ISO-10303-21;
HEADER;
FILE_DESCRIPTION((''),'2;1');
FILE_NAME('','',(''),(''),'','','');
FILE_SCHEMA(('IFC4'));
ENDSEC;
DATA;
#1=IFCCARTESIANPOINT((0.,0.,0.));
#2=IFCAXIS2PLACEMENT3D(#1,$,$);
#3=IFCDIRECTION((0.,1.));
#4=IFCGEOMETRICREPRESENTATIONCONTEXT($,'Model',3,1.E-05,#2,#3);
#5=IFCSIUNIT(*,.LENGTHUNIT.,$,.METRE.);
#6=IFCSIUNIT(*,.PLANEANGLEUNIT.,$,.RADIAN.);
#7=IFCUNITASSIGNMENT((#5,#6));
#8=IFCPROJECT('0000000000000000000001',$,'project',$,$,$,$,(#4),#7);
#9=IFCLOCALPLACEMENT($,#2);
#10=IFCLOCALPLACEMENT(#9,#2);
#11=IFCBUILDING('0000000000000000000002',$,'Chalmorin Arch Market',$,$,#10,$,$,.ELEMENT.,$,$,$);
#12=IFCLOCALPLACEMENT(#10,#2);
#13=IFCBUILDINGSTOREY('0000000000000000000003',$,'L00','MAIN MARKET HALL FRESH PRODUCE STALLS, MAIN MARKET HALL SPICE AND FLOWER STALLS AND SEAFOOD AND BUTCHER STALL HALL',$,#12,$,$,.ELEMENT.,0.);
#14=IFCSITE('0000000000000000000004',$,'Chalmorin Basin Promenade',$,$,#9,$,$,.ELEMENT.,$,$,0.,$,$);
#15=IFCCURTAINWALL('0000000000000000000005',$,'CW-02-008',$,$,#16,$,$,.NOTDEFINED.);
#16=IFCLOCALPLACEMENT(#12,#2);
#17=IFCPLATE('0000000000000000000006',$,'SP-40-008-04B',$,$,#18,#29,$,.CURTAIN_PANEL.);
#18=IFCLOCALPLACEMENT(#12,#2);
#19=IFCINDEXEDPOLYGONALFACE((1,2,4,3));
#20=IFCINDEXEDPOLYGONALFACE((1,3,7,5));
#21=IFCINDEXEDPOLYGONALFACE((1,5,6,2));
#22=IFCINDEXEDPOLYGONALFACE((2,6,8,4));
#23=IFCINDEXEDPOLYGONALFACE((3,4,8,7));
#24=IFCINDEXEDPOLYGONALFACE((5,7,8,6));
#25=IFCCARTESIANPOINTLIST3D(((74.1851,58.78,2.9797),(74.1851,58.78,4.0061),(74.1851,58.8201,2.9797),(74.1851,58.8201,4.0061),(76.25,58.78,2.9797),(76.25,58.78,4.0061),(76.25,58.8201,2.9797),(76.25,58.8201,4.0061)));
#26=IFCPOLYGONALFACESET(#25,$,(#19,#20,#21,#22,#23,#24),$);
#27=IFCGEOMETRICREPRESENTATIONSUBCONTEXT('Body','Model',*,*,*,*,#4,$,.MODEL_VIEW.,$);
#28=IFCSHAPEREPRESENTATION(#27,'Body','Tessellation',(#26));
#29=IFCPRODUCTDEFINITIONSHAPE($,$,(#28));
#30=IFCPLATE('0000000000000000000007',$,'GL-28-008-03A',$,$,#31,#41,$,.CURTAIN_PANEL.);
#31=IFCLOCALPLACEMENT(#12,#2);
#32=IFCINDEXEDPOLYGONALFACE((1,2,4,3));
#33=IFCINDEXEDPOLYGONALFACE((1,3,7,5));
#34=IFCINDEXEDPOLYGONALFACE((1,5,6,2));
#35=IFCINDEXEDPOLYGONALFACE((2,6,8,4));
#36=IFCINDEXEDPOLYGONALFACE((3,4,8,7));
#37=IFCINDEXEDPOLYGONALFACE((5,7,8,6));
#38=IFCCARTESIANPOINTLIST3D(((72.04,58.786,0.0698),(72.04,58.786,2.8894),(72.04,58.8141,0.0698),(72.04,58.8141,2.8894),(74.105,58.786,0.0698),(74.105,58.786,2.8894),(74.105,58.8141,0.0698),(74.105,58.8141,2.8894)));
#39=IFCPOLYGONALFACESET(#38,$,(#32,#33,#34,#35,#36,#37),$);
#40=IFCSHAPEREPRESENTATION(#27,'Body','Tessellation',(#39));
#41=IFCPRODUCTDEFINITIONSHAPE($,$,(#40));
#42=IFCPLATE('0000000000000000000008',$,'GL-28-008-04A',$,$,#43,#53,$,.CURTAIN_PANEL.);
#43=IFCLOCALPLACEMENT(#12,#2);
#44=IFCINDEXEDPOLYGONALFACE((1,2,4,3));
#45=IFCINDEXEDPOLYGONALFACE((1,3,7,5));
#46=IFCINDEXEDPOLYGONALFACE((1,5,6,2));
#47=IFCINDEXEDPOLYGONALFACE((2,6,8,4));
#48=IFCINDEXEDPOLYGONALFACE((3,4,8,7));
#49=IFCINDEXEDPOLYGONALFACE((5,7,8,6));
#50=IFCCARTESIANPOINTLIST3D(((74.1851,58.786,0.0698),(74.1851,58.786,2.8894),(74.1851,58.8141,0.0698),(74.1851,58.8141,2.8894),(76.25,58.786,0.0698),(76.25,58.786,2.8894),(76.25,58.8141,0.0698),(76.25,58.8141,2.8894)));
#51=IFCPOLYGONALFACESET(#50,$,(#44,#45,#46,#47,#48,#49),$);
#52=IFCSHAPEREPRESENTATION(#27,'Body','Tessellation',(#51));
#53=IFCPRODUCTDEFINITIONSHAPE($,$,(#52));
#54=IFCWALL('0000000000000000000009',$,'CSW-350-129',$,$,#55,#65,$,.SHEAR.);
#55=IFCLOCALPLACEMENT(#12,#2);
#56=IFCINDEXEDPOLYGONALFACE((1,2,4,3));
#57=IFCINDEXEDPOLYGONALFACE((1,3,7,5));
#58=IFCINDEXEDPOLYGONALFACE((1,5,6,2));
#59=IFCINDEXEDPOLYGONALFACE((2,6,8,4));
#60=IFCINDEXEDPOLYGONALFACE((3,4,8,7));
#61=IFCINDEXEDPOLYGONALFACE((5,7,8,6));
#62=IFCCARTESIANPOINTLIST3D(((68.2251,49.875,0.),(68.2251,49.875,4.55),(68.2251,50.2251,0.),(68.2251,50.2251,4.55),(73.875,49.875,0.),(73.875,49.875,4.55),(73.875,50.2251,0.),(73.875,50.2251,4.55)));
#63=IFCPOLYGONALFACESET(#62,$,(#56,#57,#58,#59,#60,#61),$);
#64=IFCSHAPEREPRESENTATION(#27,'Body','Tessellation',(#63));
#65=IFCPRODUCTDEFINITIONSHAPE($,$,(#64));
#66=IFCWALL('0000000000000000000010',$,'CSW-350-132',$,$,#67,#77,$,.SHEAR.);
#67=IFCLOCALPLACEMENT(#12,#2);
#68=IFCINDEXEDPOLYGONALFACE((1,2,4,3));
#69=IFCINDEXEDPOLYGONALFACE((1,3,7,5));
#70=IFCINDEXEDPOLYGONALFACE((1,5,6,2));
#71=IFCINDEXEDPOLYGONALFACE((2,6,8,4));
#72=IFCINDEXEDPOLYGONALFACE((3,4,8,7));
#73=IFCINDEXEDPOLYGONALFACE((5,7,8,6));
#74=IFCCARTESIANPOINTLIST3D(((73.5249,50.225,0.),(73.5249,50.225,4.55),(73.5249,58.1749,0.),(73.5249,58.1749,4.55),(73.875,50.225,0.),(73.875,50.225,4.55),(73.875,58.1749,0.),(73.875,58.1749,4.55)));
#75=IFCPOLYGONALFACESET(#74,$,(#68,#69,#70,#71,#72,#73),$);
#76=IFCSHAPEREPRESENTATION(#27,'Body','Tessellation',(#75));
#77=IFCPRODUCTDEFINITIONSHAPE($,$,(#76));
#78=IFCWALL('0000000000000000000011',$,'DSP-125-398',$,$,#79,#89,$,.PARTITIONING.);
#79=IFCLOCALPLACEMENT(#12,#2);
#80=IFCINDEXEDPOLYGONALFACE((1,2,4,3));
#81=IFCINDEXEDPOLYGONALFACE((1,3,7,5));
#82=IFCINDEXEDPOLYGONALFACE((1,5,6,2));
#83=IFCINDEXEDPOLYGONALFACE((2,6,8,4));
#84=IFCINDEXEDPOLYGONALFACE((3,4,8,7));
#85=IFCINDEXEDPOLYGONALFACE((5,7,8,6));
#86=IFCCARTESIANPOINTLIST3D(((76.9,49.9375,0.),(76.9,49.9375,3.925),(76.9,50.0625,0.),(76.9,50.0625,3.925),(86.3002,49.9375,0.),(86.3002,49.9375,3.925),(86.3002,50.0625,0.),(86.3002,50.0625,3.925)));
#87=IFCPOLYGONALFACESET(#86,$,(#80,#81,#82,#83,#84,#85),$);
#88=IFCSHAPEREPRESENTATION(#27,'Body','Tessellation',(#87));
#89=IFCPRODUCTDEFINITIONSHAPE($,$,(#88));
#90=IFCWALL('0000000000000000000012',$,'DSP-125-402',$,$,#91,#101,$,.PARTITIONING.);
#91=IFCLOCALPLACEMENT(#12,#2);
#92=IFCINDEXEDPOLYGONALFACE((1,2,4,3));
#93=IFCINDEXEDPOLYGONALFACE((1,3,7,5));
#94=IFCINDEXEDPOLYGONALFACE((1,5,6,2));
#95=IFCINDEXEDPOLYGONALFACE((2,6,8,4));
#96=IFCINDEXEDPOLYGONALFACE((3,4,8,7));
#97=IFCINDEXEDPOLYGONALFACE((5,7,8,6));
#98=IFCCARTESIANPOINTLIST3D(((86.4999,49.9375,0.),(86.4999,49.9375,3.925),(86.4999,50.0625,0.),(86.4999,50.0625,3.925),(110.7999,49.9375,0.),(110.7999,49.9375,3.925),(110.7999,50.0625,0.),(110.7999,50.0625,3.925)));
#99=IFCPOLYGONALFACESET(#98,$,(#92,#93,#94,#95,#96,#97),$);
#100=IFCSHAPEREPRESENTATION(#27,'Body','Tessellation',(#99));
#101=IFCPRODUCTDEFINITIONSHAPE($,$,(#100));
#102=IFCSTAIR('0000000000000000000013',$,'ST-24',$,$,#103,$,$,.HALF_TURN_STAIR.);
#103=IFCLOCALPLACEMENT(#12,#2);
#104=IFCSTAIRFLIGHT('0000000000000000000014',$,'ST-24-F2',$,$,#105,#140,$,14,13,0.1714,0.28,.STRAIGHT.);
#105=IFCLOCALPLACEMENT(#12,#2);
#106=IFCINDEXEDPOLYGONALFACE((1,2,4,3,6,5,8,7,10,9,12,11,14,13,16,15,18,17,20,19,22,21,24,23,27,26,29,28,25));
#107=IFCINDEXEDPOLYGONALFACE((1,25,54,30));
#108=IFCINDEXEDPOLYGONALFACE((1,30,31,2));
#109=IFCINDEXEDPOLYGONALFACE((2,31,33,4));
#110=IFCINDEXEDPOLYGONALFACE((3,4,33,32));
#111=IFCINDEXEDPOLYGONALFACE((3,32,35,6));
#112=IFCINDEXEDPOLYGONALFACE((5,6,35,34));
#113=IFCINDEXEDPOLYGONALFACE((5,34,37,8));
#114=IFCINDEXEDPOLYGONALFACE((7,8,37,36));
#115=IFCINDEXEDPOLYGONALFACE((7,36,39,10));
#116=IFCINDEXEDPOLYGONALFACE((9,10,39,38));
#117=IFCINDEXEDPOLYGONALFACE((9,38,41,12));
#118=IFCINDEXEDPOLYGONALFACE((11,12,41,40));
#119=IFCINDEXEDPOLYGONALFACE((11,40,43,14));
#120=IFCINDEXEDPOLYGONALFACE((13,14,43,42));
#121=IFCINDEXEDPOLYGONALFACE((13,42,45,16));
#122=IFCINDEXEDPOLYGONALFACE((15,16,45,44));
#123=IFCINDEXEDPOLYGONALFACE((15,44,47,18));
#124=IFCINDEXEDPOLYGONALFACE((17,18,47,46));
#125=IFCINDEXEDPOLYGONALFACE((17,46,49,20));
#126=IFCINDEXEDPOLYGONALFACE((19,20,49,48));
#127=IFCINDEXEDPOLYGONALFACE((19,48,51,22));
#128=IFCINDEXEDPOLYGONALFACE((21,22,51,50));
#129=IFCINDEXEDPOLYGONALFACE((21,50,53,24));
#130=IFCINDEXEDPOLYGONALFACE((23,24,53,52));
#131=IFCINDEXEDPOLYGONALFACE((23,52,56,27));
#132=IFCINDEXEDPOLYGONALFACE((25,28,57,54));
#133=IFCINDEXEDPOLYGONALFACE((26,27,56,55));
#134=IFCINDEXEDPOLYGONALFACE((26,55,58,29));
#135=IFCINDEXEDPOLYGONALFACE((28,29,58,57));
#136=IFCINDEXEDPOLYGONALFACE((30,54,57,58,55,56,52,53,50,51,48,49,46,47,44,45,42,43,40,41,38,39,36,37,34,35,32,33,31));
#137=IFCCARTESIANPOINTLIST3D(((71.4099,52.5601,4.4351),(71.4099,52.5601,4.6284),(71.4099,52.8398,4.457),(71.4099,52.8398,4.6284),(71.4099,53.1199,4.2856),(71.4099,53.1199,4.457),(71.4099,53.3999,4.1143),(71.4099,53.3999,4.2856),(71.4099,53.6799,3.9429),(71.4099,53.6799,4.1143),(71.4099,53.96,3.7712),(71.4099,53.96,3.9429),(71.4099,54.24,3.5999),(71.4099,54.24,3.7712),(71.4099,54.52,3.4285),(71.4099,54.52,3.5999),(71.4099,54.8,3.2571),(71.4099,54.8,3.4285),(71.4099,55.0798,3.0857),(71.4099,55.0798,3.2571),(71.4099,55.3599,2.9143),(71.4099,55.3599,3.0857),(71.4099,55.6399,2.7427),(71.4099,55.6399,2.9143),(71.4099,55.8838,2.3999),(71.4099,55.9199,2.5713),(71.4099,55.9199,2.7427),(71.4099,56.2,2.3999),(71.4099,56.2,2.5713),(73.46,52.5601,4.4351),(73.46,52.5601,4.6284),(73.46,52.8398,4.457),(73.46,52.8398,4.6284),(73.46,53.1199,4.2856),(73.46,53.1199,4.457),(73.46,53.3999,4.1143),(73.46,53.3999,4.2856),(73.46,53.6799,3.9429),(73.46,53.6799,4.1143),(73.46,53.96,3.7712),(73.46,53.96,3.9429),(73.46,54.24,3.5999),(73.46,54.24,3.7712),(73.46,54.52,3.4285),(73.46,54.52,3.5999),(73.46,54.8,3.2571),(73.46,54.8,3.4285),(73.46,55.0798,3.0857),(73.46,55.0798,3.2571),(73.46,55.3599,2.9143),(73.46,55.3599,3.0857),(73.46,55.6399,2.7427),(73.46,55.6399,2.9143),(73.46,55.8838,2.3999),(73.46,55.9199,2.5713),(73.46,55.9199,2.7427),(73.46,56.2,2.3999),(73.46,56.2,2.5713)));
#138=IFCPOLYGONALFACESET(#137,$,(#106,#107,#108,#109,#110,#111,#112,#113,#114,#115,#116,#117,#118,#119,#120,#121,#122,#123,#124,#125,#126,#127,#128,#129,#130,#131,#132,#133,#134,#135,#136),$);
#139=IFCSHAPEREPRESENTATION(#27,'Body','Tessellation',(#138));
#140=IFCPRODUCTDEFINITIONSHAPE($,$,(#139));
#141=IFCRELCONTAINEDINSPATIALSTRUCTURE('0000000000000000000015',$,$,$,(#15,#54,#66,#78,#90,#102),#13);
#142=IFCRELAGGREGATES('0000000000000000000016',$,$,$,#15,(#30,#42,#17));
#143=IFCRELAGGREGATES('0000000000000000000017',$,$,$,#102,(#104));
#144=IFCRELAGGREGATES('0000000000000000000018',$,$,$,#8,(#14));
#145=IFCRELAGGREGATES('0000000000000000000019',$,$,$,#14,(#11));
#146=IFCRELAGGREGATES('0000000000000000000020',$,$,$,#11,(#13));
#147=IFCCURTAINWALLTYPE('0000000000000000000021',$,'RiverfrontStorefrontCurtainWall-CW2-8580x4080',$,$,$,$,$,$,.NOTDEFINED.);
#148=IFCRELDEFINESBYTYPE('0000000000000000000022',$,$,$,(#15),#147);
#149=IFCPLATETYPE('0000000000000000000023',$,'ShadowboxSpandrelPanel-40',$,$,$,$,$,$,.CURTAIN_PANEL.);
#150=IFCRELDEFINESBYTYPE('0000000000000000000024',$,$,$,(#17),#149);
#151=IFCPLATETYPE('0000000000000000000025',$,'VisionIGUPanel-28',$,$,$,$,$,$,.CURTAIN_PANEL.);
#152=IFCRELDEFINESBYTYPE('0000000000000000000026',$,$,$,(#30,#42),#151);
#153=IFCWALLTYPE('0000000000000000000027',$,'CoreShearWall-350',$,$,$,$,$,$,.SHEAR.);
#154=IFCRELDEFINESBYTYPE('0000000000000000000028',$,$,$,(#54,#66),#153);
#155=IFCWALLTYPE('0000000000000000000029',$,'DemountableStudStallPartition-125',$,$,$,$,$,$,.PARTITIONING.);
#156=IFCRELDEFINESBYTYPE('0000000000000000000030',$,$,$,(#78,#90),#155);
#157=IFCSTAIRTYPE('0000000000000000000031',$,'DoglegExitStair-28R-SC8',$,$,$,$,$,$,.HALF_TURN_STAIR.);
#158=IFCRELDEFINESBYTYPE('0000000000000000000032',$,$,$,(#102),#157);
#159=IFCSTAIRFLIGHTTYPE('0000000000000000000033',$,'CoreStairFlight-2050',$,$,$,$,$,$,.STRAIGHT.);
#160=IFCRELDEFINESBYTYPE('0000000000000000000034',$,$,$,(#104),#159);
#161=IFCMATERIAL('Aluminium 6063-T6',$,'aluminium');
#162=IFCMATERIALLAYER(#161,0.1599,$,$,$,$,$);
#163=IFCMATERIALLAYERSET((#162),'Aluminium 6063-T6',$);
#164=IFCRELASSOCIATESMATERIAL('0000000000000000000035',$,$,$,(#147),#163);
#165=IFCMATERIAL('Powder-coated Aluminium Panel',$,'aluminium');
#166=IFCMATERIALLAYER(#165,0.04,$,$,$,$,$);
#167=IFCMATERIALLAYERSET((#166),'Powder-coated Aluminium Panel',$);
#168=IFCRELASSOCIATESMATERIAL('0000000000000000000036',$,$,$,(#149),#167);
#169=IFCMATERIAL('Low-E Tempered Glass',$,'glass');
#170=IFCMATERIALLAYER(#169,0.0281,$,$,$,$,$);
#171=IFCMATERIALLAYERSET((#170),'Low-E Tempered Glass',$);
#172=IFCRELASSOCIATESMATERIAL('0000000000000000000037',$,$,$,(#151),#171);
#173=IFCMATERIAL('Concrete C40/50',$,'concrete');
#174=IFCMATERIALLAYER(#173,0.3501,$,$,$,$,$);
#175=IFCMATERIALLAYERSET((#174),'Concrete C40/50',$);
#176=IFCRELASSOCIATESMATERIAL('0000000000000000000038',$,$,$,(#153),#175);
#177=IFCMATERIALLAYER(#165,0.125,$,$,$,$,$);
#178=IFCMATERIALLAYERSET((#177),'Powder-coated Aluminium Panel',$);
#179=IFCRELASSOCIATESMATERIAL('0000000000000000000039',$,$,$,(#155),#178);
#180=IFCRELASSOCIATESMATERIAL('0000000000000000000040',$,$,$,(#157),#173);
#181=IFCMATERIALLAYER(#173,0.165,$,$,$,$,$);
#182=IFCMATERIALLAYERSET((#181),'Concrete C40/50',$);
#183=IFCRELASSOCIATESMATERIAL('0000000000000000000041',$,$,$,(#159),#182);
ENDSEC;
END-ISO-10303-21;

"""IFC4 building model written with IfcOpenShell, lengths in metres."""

from ifc_helpers import new_model, si_unit, direction, frame, frame_2d, origin, origin_2d, place, context, subcontext, project, spatial, polyline, rectangle, outline, extrude, material, layer, layer_set, type_object, element, aggregate, save


model = new_model("IFC4")

# Units and contexts
model_context = context("Model", 3, precision=1e-05, world=origin(), true_north=direction((0.0, 1.0)))
body_context = subcontext(model_context, "Body", "Model", "MODEL_VIEW")
ifc_project = project(units=[si_unit("LENGTHUNIT", "METRE"), si_unit("PLANEANGLEUNIT", "RADIAN")], contexts=[model_context])

# Site, building, storey
site_placement = place(None, origin())
site = spatial("IfcSite", under=ifc_project, at=site_placement, Name="Chalmorin Basin Promenade", CompositionType="ELEMENT", RefElevation=0.0)
building_placement = place(site_placement, origin())
building = spatial("IfcBuilding", under=site, at=building_placement, Name="Chalmorin Arch Market", CompositionType="ELEMENT")
storey_placement = place(building_placement, origin())
storey = spatial("IfcBuildingStorey", under=building, at=storey_placement, Name="L00", Description="MAIN MARKET HALL FRESH PRODUCE STALLS, MAIN MARKET HALL SPICE AND FLOWER STALLS AND SEAFOOD AND BUTCHER STALL HALL", CompositionType="ELEMENT", Elevation=0.0)

# Shared definitions
ifc_material_1 = material(Name="Concrete C40/50", Category="concrete")

# Curtain wall
ifc_material_2 = material(Name="Aluminium 6063-T6", Category="aluminium")
ifc_layer_1 = layer(ifc_material_2, 0.1599)
ifc_layer_set_1 = layer_set([ifc_layer_1], Name="Aluminium 6063-T6")
curtain_wall_type = type_object("IfcCurtainWallType", Name="RiverfrontStorefrontCurtainWall-CW2-8580x4080", PredefinedType="NOTDEFINED", material=ifc_layer_set_1)
curtain_wall_1_placement = place(storey_placement, origin())
curtain_wall_1 = element("IfcCurtainWall", 1, at=curtain_wall_1_placement, inside=storey, type_object=curtain_wall_type, Name="CW-02-008", PredefinedType="NOTDEFINED")

# Plates
ifc_material_3 = material(Name="Powder-coated Aluminium Panel", Category="aluminium")
ifc_layer_2 = layer(ifc_material_3, 0.04)
ifc_layer_set_2 = layer_set([ifc_layer_2], Name="Powder-coated Aluminium Panel")
plate_type_1 = type_object("IfcPlateType", Name="ShadowboxSpandrelPanel-40", PredefinedType="CURTAIN_PANEL", material=ifc_layer_set_2)
plate_1_placement = place(storey_placement, frame((75.2175, 58.8, 2.9797), z_axis=(0.0, 0.0, 1.0), x_axis=(1.0, 0.0, 0.0)))
plate_1 = element("IfcPlate", 2, at=plate_1_placement, type_object=plate_type_1, Name="SP-40-008-04B", PredefinedType="CURTAIN_PANEL", context=body_context, shape_type="SweptSolid", body=[
    extrude(rectangle(XDim=2.0649, YDim=0.04, at=origin_2d()), origin(), (0.0, 0.0, 1.0), 1.0264),
])
ifc_material_4 = material(Name="Low-E Tempered Glass", Category="glass")
ifc_layer_3 = layer(ifc_material_4, 0.0281)
ifc_layer_set_3 = layer_set([ifc_layer_3], Name="Low-E Tempered Glass")
plate_type_2 = type_object("IfcPlateType", Name="VisionIGUPanel-28", PredefinedType="CURTAIN_PANEL", material=ifc_layer_set_3)
plate_2_placement = place(storey_placement, frame((73.0725, 58.8, 0.0698), z_axis=(0.0, 0.0, 1.0), x_axis=(1.0, 0.0, 0.0)))
plate_2 = element("IfcPlate", 3, at=plate_2_placement, type_object=plate_type_2, Name="GL-28-008-03A", PredefinedType="CURTAIN_PANEL", context=body_context, shape_type="SweptSolid", body=[
    extrude(rectangle(XDim=2.0649, YDim=0.0281, at=origin_2d()), origin(), (0.0, 0.0, 1.0), 2.8196),
])
plate_3_placement = place(storey_placement, frame((75.2175, 58.8, 0.0698), z_axis=(0.0, 0.0, 1.0), x_axis=(1.0, 0.0, 0.0)))
plate_3 = element("IfcPlate", 4, at=plate_3_placement, type_object=plate_type_2, Name="GL-28-008-04A", PredefinedType="CURTAIN_PANEL", context=body_context, shape_type="SweptSolid", body=[
    extrude(rectangle(XDim=2.0649, YDim=0.0281, at=origin_2d()), origin(), (0.0, 0.0, 1.0), 2.8196),
])
aggregate(curtain_wall_1, [plate_2, plate_3, plate_1])

# Walls
ifc_layer_4 = layer(ifc_material_1, 0.3501)
ifc_layer_set_4 = layer_set([ifc_layer_4], Name="Concrete C40/50")
wall_type_1 = type_object("IfcWallType", Name="CoreShearWall-350", PredefinedType="SHEAR", material=ifc_layer_set_4)
wall_1_placement = place(storey_placement, frame((73.875, 50.05, 0.0), z_axis=(0.0, 0.0, 1.0), x_axis=(-1.0, 0.0, 0.0)))
element("IfcWall", 5, at=wall_1_placement, inside=storey, type_object=wall_type_1, Name="CSW-350-129", PredefinedType="SHEAR", context=body_context, shape_type="SweptSolid", body=[
    extrude(rectangle(XDim=5.6499, YDim=0.3501, at=frame_2d((2.825, 0.0))), origin(), (0.0, 0.0, 1.0), 4.55),
])
wall_2_placement = place(storey_placement, frame((73.7, 58.175, 0.0), z_axis=(0.0, 0.0, 1.0), x_axis=(0.0, -1.0, 0.0)))
element("IfcWall", 6, at=wall_2_placement, inside=storey, type_object=wall_type_1, Name="CSW-350-132", PredefinedType="SHEAR", context=body_context, shape_type="SweptSolid", body=[
    extrude(rectangle(XDim=7.95, YDim=0.3501, at=frame_2d((3.9751, 0.0))), origin(), (0.0, 0.0, 1.0), 4.55),
])
ifc_layer_5 = layer(ifc_material_3, 0.125)
ifc_layer_set_5 = layer_set([ifc_layer_5], Name="Powder-coated Aluminium Panel")
wall_type_2 = type_object("IfcWallType", Name="DemountableStudStallPartition-125", PredefinedType="PARTITIONING", material=ifc_layer_set_5)
wall_3_placement = place(storey_placement, frame((76.8999, 50.0, 0.0), z_axis=(0.0, 0.0, 1.0), x_axis=(1.0, 0.0, 0.0)))
element("IfcWall", 7, at=wall_3_placement, inside=storey, type_object=wall_type_2, Name="DSP-125-398", PredefinedType="PARTITIONING", context=body_context, shape_type="SweptSolid", body=[
    extrude(rectangle(XDim=9.4001, YDim=0.125, at=frame_2d((4.7002, 0.0))), origin(), (0.0, 0.0, 1.0), 3.925),
])
wall_4_placement = place(storey_placement, frame((86.5, 50.0, 0.0), z_axis=(0.0, 0.0, 1.0), x_axis=(1.0, 0.0, 0.0)))
element("IfcWall", 8, at=wall_4_placement, inside=storey, type_object=wall_type_2, Name="DSP-125-402", PredefinedType="PARTITIONING", context=body_context, shape_type="SweptSolid", body=[
    extrude(rectangle(XDim=24.3, YDim=0.125, at=frame_2d((12.1499, 0.0))), origin(), (0.0, 0.0, 1.0), 3.925),
])

# Stair, stair flight
stair_type = type_object("IfcStairType", Name="DoglegExitStair-28R-SC8", PredefinedType="HALF_TURN_STAIR", material=ifc_material_1)
stair_placement = place(storey_placement, origin())
stair = element("IfcStair", 9, at=stair_placement, inside=storey, type_object=stair_type, Name="ST-24", PredefinedType="HALF_TURN_STAIR")
ifc_layer_6 = layer(ifc_material_1, 0.165)
ifc_layer_set_6 = layer_set([ifc_layer_6], Name="Concrete C40/50")
stair_flight_type = type_object("IfcStairFlightType", Name="CoreStairFlight-2050", PredefinedType="STRAIGHT", material=ifc_layer_set_6)
stair_flight_placement = place(storey_placement, frame((72.4351, 56.2, 2.3999), z_axis=(0.0, 0.0, 1.0), x_axis=(0.0, -1.0, 0.0)))
stair_flight = element("IfcStairFlight", 10, at=stair_flight_placement, type_object=stair_flight_type, Name="ST-24-F2", NumberOfRisers=14, NumberOfTreads=13, PredefinedType="STRAIGHT", RiserHeight=0.1714, TreadLength=0.28, context=body_context, shape_type="SweptSolid", body=[
    extrude(outline(polyline([(0.0, 0.0), (0.0, 0.1714), (0.28, 0.1714), (0.28, 0.3428), (0.5601, 0.3428), (0.5601, 0.5144), (0.8401, 0.5144), (0.8401, 0.6858), (1.1201, 0.6858), (1.1201, 0.8572), (1.3999, 0.8572), (1.3999, 1.0286), (1.6799, 1.0286), (1.6799, 1.2), (1.96, 1.2), (1.96, 1.3713), (2.24, 1.3713), (2.24, 1.543), (2.52, 1.543), (2.52, 1.7144), (2.8, 1.7144), (2.8, 1.8857), (3.0801, 1.8857), (3.0801, 2.0571), (3.3601, 2.0571), (3.3601, 2.2285), (3.6399, 2.2285), (3.6399, 2.3999), (3.6399, 2.0352), (0.3162, 0.0), (0.0, 0.0)])), frame((0.0, 1.0249, 0.0), z_axis=(0.0, -1.0, 0.0), x_axis=(1.0, 0.0, 0.0)), (0.0, 0.0, 1.0), 2.05),
])
aggregate(stair, [stair_flight])

save(model, "model.ifc")
